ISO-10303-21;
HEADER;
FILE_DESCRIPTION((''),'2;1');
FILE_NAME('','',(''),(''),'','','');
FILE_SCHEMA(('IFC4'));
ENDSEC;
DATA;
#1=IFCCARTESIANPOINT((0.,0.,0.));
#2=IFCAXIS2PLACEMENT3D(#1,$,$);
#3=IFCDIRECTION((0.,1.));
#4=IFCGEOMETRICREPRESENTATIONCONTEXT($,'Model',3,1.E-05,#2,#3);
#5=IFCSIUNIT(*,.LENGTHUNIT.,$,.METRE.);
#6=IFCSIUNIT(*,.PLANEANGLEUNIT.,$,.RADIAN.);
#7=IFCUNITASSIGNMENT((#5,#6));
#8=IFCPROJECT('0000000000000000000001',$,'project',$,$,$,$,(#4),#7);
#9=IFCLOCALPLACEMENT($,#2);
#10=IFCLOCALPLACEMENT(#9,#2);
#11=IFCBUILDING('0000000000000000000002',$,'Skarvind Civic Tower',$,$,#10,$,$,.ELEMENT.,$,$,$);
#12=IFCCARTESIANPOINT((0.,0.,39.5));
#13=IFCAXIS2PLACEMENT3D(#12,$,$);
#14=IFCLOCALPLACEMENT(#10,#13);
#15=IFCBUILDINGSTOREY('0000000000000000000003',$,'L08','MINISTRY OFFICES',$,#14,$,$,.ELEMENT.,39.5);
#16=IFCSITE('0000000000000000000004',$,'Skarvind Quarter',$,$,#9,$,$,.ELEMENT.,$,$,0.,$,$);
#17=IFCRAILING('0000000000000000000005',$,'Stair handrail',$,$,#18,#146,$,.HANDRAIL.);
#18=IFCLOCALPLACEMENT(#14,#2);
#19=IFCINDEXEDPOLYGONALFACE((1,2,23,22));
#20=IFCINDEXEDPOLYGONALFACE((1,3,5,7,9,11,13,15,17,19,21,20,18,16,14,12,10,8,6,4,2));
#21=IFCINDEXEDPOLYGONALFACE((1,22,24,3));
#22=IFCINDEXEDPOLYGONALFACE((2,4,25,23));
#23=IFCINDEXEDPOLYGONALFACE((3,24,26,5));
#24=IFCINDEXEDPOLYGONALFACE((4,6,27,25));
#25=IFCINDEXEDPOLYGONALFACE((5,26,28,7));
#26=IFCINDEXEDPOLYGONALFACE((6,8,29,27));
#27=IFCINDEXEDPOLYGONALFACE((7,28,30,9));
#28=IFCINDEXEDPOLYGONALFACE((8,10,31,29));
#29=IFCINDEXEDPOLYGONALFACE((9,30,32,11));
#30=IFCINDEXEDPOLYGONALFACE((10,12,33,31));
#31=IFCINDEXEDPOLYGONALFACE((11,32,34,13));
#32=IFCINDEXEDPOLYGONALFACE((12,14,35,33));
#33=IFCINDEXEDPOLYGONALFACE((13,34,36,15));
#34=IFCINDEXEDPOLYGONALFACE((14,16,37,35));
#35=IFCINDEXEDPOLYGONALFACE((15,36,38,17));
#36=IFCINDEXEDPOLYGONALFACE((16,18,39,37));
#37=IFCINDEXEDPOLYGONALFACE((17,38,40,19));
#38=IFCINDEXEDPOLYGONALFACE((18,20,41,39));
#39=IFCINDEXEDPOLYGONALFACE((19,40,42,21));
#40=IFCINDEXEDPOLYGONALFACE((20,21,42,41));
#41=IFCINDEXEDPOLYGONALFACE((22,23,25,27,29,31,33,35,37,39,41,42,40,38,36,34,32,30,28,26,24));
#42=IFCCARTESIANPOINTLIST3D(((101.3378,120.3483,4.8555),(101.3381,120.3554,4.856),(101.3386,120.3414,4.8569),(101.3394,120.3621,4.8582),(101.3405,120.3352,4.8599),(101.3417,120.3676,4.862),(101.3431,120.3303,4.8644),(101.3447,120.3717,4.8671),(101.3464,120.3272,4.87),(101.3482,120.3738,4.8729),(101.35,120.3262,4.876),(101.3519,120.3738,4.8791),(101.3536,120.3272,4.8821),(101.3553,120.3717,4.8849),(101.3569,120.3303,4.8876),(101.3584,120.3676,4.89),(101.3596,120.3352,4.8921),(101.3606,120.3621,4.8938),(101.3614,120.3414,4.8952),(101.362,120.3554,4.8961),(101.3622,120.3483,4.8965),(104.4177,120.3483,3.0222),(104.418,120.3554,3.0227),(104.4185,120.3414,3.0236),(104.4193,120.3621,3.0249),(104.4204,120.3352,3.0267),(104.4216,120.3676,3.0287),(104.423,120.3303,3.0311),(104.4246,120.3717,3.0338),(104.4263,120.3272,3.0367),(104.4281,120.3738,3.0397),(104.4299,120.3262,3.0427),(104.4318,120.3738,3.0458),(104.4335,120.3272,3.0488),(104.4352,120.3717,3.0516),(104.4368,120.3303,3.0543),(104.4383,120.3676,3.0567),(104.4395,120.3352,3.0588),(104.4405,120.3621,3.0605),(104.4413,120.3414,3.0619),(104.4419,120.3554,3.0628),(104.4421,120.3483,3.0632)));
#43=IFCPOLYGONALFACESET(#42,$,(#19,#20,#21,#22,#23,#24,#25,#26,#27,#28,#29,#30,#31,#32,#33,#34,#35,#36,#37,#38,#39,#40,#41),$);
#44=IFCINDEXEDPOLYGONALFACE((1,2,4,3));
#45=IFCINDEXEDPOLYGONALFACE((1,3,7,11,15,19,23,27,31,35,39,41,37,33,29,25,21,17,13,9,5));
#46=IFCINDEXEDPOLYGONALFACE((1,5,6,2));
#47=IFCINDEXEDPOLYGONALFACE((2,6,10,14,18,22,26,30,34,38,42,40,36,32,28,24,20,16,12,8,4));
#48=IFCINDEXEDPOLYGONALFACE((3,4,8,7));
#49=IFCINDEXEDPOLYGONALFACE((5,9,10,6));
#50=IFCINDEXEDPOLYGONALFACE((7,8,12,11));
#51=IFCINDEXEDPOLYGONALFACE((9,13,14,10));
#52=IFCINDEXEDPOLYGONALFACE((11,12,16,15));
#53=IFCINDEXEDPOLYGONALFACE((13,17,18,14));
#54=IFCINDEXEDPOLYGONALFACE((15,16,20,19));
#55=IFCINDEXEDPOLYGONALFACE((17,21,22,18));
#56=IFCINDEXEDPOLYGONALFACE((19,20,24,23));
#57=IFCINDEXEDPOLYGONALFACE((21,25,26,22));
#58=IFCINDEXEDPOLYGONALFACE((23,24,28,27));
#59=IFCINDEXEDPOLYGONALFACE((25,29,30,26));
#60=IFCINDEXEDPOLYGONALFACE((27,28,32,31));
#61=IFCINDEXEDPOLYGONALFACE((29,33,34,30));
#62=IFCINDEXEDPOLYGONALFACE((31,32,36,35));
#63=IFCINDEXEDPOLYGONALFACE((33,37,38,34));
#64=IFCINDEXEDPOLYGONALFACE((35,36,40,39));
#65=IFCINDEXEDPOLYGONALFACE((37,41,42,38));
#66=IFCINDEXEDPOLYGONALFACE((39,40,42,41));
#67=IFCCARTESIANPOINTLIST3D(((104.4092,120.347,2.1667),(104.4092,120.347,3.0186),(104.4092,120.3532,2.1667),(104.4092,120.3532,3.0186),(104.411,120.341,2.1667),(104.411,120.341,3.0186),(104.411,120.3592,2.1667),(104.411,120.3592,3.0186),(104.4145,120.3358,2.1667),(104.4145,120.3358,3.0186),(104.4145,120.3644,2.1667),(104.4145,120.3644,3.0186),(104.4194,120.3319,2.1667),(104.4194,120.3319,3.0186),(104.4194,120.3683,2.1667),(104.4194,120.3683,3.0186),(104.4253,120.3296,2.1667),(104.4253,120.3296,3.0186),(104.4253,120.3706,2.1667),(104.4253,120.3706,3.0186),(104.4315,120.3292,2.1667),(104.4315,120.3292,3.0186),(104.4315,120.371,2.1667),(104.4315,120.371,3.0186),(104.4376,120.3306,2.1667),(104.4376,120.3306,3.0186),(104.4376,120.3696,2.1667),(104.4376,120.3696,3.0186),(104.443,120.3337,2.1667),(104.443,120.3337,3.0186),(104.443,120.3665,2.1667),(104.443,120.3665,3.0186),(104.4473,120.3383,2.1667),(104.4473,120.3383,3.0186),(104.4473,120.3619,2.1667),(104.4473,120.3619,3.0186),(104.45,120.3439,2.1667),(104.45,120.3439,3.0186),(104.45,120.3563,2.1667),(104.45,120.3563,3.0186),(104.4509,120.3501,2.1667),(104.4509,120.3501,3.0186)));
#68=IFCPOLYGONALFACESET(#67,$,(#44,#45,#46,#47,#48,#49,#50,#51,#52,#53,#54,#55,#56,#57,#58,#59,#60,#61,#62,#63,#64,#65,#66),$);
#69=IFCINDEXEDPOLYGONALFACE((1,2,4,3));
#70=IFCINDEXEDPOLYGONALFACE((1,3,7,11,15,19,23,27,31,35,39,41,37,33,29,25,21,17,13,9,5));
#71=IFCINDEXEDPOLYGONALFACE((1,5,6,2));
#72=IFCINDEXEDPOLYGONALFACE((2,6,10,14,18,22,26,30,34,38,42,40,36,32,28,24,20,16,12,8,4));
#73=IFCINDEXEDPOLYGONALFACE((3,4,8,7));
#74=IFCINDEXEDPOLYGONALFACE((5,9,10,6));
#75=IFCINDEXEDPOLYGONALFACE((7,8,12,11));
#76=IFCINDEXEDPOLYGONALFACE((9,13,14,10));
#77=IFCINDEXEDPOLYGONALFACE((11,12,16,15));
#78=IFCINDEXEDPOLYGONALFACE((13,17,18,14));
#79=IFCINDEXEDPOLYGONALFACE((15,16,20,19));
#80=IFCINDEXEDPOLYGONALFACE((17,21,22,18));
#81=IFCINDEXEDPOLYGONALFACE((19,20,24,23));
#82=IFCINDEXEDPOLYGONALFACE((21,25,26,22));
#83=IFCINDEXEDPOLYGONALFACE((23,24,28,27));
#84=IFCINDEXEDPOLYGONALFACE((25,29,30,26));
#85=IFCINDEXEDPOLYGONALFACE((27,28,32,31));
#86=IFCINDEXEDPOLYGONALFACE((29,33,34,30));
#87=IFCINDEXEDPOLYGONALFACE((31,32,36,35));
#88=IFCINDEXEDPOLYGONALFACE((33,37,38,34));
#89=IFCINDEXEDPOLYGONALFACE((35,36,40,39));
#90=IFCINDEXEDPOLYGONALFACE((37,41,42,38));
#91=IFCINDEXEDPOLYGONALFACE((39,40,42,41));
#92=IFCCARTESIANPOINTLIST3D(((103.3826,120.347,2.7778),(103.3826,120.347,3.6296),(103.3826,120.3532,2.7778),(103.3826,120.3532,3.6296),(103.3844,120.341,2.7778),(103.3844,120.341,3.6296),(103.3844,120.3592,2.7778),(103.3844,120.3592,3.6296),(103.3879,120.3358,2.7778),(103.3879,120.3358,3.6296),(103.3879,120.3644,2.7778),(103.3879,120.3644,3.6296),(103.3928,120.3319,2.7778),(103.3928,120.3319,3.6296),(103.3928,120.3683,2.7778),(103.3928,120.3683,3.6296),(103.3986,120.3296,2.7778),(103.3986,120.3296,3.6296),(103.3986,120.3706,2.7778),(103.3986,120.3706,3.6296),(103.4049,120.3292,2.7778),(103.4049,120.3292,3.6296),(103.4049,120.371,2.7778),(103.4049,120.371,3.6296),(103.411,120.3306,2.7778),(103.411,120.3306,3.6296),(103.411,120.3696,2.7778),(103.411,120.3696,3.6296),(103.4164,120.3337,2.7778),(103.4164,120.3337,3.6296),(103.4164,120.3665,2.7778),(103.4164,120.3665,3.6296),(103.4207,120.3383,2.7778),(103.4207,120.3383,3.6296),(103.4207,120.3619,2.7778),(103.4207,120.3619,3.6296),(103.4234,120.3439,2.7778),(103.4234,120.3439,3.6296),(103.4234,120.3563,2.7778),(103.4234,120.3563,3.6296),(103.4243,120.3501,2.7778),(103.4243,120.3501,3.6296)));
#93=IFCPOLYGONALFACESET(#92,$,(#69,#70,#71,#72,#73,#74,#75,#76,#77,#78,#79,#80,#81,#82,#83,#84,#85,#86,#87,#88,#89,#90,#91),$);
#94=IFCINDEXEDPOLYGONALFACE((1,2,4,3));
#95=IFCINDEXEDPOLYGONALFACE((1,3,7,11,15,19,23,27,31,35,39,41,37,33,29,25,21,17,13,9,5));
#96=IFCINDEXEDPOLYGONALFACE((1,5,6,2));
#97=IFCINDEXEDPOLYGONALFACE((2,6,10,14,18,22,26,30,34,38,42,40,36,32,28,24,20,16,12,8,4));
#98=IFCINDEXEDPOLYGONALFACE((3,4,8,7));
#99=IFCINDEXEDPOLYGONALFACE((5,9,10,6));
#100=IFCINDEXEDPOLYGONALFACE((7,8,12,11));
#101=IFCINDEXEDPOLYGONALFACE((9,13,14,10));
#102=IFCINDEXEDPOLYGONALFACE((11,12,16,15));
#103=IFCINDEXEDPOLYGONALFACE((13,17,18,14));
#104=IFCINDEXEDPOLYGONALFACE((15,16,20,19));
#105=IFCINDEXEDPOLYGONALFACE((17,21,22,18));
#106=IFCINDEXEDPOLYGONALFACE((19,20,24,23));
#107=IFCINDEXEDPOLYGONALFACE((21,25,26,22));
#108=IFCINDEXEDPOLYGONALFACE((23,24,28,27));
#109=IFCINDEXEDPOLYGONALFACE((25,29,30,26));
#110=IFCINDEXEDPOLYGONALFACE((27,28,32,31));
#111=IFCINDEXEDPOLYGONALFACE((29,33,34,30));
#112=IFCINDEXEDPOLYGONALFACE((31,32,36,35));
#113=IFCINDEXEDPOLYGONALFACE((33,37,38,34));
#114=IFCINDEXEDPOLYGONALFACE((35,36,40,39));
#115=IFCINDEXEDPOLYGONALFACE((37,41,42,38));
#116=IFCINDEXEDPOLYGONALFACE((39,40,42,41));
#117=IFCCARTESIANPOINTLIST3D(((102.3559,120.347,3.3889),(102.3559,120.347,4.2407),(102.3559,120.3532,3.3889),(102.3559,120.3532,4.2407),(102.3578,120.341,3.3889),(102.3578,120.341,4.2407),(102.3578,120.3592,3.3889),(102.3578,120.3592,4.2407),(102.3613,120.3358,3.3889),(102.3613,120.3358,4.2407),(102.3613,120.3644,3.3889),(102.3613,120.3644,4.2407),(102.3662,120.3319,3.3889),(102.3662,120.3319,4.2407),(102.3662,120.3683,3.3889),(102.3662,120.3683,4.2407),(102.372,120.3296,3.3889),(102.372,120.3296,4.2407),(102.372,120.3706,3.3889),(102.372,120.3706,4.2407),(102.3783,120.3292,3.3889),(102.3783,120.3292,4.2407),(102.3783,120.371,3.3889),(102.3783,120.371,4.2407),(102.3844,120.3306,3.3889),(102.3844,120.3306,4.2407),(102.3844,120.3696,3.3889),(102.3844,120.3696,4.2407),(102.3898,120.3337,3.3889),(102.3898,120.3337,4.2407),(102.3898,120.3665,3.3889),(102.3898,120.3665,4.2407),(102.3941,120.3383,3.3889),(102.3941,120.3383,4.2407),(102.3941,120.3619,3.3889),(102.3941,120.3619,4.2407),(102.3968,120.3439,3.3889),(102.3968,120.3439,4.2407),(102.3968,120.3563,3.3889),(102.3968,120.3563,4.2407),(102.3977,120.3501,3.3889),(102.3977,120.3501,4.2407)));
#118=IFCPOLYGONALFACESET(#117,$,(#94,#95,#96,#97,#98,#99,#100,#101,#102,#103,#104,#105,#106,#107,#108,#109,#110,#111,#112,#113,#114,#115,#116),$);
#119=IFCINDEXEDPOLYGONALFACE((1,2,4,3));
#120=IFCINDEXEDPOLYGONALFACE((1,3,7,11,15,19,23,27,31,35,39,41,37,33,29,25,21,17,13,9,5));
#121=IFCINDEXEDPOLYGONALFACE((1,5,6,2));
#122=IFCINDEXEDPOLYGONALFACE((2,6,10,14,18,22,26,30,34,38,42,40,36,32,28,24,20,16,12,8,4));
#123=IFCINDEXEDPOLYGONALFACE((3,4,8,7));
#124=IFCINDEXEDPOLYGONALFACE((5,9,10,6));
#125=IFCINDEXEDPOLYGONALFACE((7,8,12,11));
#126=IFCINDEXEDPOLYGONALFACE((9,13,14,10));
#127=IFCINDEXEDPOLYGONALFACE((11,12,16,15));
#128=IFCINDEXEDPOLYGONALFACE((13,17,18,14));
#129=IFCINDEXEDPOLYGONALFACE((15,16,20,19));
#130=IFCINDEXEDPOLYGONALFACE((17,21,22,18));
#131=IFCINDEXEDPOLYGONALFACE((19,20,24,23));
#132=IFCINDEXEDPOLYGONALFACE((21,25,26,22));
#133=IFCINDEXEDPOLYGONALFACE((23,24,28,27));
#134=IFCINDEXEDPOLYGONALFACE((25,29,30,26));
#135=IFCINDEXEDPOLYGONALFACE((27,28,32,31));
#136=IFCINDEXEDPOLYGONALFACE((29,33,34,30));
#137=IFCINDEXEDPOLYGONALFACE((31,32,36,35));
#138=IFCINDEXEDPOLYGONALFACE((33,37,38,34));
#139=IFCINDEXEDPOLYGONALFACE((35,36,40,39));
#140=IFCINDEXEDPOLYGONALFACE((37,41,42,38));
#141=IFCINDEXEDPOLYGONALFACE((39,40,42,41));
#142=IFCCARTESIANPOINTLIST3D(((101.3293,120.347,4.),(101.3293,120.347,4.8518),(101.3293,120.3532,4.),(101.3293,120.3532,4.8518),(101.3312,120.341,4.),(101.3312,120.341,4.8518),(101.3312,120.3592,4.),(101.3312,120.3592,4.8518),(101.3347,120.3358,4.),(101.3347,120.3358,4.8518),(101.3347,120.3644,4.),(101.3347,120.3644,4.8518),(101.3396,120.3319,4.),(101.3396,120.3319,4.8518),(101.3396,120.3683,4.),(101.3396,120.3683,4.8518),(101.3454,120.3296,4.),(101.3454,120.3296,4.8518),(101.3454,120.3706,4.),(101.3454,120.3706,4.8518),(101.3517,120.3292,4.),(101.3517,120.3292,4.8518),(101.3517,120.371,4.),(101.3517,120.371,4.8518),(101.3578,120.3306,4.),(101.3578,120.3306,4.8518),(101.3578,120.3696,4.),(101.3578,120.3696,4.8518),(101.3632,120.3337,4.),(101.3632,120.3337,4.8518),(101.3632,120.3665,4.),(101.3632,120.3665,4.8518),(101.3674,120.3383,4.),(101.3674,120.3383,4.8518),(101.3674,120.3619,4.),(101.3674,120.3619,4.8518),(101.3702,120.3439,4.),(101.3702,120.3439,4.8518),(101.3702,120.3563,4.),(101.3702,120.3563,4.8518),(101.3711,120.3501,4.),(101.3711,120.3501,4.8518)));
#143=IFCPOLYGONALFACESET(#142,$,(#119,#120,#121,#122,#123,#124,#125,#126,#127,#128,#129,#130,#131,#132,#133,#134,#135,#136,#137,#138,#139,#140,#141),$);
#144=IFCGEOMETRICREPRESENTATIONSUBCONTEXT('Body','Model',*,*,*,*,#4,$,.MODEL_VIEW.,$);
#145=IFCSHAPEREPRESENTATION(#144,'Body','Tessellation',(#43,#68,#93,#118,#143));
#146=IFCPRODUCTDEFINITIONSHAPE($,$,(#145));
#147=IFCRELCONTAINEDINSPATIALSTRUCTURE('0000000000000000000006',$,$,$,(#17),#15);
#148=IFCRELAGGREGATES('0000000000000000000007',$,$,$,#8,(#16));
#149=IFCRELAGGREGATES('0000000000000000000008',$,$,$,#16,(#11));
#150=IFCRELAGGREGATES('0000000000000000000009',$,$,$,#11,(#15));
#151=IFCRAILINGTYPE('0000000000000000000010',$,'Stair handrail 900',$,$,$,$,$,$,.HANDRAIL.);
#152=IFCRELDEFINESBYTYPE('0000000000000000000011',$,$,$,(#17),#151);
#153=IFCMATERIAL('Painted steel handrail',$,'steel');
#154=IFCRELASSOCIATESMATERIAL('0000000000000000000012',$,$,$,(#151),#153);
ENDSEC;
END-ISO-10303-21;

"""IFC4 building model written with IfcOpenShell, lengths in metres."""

from ifc_helpers import new_model, si_unit, direction, frame, origin, origin_2d, place, context, subcontext, project, spatial, circle, extrude, material, type_object, element, save


model = new_model("IFC4")

# Units and contexts
model_context = context("Model", 3, precision=1e-05, world=origin(), true_north=direction((0.0, 1.0)))
body_context = subcontext(model_context, "Body", "Model", "MODEL_VIEW")
ifc_project = project(units=[si_unit("LENGTHUNIT", "METRE"), si_unit("PLANEANGLEUNIT", "RADIAN")], contexts=[model_context])

# Site, building, storey
site_placement = place(None, origin())
site = spatial("IfcSite", under=ifc_project, at=site_placement, Name="Skarvind Quarter", CompositionType="ELEMENT", RefElevation=0.0)
building_placement = place(site_placement, origin())
building = spatial("IfcBuilding", under=site, at=building_placement, Name="Skarvind Civic Tower", CompositionType="ELEMENT")
storey_placement = place(building_placement, frame((0.0, 0.0, 39.5)))
storey = spatial("IfcBuildingStorey", under=building, at=storey_placement, Name="L08", Description="MINISTRY OFFICES", CompositionType="ELEMENT", Elevation=39.5)

# Railing
ifc_material_1 = material(Name="Painted steel handrail", Category="steel")
railing_type = type_object("IfcRailingType", Name="Stair handrail 900", PredefinedType="HANDRAIL", material=ifc_material_1)
railing_1_placement = place(storey_placement, frame((104.4299, 120.3501, 2.1667)))
element("IfcRailing", 1, at=railing_1_placement, inside=storey, type_object=railing_type, Name="Stair handrail", PredefinedType="HANDRAIL", context=body_context, shape_type="SweptSolid", body=[
    extrude(circle(Radius=0.0239, at=origin_2d()), frame((0.0, 0.0, 0.876), z_axis=(-0.859291, 0.0, 0.511487), x_axis=(0.0, -1.0, 0.0)), (0.0, 0.0, 1.0), 3.5842),
    extrude(circle(Radius=0.021, at=origin_2d()), origin(), (0.0, 0.0, 1.0), 0.8518),
    extrude(circle(Radius=0.021, at=origin_2d()), frame((-1.0266, 0.0, 0.6111)), (0.0, 0.0, 1.0), 0.8518),
    extrude(circle(Radius=0.021, at=origin_2d()), frame((-2.0532, 0.0, 1.2222)), (0.0, 0.0, 1.0), 0.8518),
    extrude(circle(Radius=0.021, at=origin_2d()), frame((-3.0798, 0.0, 1.8333)), (0.0, 0.0, 1.0), 0.8518),
])

save(model, "model.ifc")
